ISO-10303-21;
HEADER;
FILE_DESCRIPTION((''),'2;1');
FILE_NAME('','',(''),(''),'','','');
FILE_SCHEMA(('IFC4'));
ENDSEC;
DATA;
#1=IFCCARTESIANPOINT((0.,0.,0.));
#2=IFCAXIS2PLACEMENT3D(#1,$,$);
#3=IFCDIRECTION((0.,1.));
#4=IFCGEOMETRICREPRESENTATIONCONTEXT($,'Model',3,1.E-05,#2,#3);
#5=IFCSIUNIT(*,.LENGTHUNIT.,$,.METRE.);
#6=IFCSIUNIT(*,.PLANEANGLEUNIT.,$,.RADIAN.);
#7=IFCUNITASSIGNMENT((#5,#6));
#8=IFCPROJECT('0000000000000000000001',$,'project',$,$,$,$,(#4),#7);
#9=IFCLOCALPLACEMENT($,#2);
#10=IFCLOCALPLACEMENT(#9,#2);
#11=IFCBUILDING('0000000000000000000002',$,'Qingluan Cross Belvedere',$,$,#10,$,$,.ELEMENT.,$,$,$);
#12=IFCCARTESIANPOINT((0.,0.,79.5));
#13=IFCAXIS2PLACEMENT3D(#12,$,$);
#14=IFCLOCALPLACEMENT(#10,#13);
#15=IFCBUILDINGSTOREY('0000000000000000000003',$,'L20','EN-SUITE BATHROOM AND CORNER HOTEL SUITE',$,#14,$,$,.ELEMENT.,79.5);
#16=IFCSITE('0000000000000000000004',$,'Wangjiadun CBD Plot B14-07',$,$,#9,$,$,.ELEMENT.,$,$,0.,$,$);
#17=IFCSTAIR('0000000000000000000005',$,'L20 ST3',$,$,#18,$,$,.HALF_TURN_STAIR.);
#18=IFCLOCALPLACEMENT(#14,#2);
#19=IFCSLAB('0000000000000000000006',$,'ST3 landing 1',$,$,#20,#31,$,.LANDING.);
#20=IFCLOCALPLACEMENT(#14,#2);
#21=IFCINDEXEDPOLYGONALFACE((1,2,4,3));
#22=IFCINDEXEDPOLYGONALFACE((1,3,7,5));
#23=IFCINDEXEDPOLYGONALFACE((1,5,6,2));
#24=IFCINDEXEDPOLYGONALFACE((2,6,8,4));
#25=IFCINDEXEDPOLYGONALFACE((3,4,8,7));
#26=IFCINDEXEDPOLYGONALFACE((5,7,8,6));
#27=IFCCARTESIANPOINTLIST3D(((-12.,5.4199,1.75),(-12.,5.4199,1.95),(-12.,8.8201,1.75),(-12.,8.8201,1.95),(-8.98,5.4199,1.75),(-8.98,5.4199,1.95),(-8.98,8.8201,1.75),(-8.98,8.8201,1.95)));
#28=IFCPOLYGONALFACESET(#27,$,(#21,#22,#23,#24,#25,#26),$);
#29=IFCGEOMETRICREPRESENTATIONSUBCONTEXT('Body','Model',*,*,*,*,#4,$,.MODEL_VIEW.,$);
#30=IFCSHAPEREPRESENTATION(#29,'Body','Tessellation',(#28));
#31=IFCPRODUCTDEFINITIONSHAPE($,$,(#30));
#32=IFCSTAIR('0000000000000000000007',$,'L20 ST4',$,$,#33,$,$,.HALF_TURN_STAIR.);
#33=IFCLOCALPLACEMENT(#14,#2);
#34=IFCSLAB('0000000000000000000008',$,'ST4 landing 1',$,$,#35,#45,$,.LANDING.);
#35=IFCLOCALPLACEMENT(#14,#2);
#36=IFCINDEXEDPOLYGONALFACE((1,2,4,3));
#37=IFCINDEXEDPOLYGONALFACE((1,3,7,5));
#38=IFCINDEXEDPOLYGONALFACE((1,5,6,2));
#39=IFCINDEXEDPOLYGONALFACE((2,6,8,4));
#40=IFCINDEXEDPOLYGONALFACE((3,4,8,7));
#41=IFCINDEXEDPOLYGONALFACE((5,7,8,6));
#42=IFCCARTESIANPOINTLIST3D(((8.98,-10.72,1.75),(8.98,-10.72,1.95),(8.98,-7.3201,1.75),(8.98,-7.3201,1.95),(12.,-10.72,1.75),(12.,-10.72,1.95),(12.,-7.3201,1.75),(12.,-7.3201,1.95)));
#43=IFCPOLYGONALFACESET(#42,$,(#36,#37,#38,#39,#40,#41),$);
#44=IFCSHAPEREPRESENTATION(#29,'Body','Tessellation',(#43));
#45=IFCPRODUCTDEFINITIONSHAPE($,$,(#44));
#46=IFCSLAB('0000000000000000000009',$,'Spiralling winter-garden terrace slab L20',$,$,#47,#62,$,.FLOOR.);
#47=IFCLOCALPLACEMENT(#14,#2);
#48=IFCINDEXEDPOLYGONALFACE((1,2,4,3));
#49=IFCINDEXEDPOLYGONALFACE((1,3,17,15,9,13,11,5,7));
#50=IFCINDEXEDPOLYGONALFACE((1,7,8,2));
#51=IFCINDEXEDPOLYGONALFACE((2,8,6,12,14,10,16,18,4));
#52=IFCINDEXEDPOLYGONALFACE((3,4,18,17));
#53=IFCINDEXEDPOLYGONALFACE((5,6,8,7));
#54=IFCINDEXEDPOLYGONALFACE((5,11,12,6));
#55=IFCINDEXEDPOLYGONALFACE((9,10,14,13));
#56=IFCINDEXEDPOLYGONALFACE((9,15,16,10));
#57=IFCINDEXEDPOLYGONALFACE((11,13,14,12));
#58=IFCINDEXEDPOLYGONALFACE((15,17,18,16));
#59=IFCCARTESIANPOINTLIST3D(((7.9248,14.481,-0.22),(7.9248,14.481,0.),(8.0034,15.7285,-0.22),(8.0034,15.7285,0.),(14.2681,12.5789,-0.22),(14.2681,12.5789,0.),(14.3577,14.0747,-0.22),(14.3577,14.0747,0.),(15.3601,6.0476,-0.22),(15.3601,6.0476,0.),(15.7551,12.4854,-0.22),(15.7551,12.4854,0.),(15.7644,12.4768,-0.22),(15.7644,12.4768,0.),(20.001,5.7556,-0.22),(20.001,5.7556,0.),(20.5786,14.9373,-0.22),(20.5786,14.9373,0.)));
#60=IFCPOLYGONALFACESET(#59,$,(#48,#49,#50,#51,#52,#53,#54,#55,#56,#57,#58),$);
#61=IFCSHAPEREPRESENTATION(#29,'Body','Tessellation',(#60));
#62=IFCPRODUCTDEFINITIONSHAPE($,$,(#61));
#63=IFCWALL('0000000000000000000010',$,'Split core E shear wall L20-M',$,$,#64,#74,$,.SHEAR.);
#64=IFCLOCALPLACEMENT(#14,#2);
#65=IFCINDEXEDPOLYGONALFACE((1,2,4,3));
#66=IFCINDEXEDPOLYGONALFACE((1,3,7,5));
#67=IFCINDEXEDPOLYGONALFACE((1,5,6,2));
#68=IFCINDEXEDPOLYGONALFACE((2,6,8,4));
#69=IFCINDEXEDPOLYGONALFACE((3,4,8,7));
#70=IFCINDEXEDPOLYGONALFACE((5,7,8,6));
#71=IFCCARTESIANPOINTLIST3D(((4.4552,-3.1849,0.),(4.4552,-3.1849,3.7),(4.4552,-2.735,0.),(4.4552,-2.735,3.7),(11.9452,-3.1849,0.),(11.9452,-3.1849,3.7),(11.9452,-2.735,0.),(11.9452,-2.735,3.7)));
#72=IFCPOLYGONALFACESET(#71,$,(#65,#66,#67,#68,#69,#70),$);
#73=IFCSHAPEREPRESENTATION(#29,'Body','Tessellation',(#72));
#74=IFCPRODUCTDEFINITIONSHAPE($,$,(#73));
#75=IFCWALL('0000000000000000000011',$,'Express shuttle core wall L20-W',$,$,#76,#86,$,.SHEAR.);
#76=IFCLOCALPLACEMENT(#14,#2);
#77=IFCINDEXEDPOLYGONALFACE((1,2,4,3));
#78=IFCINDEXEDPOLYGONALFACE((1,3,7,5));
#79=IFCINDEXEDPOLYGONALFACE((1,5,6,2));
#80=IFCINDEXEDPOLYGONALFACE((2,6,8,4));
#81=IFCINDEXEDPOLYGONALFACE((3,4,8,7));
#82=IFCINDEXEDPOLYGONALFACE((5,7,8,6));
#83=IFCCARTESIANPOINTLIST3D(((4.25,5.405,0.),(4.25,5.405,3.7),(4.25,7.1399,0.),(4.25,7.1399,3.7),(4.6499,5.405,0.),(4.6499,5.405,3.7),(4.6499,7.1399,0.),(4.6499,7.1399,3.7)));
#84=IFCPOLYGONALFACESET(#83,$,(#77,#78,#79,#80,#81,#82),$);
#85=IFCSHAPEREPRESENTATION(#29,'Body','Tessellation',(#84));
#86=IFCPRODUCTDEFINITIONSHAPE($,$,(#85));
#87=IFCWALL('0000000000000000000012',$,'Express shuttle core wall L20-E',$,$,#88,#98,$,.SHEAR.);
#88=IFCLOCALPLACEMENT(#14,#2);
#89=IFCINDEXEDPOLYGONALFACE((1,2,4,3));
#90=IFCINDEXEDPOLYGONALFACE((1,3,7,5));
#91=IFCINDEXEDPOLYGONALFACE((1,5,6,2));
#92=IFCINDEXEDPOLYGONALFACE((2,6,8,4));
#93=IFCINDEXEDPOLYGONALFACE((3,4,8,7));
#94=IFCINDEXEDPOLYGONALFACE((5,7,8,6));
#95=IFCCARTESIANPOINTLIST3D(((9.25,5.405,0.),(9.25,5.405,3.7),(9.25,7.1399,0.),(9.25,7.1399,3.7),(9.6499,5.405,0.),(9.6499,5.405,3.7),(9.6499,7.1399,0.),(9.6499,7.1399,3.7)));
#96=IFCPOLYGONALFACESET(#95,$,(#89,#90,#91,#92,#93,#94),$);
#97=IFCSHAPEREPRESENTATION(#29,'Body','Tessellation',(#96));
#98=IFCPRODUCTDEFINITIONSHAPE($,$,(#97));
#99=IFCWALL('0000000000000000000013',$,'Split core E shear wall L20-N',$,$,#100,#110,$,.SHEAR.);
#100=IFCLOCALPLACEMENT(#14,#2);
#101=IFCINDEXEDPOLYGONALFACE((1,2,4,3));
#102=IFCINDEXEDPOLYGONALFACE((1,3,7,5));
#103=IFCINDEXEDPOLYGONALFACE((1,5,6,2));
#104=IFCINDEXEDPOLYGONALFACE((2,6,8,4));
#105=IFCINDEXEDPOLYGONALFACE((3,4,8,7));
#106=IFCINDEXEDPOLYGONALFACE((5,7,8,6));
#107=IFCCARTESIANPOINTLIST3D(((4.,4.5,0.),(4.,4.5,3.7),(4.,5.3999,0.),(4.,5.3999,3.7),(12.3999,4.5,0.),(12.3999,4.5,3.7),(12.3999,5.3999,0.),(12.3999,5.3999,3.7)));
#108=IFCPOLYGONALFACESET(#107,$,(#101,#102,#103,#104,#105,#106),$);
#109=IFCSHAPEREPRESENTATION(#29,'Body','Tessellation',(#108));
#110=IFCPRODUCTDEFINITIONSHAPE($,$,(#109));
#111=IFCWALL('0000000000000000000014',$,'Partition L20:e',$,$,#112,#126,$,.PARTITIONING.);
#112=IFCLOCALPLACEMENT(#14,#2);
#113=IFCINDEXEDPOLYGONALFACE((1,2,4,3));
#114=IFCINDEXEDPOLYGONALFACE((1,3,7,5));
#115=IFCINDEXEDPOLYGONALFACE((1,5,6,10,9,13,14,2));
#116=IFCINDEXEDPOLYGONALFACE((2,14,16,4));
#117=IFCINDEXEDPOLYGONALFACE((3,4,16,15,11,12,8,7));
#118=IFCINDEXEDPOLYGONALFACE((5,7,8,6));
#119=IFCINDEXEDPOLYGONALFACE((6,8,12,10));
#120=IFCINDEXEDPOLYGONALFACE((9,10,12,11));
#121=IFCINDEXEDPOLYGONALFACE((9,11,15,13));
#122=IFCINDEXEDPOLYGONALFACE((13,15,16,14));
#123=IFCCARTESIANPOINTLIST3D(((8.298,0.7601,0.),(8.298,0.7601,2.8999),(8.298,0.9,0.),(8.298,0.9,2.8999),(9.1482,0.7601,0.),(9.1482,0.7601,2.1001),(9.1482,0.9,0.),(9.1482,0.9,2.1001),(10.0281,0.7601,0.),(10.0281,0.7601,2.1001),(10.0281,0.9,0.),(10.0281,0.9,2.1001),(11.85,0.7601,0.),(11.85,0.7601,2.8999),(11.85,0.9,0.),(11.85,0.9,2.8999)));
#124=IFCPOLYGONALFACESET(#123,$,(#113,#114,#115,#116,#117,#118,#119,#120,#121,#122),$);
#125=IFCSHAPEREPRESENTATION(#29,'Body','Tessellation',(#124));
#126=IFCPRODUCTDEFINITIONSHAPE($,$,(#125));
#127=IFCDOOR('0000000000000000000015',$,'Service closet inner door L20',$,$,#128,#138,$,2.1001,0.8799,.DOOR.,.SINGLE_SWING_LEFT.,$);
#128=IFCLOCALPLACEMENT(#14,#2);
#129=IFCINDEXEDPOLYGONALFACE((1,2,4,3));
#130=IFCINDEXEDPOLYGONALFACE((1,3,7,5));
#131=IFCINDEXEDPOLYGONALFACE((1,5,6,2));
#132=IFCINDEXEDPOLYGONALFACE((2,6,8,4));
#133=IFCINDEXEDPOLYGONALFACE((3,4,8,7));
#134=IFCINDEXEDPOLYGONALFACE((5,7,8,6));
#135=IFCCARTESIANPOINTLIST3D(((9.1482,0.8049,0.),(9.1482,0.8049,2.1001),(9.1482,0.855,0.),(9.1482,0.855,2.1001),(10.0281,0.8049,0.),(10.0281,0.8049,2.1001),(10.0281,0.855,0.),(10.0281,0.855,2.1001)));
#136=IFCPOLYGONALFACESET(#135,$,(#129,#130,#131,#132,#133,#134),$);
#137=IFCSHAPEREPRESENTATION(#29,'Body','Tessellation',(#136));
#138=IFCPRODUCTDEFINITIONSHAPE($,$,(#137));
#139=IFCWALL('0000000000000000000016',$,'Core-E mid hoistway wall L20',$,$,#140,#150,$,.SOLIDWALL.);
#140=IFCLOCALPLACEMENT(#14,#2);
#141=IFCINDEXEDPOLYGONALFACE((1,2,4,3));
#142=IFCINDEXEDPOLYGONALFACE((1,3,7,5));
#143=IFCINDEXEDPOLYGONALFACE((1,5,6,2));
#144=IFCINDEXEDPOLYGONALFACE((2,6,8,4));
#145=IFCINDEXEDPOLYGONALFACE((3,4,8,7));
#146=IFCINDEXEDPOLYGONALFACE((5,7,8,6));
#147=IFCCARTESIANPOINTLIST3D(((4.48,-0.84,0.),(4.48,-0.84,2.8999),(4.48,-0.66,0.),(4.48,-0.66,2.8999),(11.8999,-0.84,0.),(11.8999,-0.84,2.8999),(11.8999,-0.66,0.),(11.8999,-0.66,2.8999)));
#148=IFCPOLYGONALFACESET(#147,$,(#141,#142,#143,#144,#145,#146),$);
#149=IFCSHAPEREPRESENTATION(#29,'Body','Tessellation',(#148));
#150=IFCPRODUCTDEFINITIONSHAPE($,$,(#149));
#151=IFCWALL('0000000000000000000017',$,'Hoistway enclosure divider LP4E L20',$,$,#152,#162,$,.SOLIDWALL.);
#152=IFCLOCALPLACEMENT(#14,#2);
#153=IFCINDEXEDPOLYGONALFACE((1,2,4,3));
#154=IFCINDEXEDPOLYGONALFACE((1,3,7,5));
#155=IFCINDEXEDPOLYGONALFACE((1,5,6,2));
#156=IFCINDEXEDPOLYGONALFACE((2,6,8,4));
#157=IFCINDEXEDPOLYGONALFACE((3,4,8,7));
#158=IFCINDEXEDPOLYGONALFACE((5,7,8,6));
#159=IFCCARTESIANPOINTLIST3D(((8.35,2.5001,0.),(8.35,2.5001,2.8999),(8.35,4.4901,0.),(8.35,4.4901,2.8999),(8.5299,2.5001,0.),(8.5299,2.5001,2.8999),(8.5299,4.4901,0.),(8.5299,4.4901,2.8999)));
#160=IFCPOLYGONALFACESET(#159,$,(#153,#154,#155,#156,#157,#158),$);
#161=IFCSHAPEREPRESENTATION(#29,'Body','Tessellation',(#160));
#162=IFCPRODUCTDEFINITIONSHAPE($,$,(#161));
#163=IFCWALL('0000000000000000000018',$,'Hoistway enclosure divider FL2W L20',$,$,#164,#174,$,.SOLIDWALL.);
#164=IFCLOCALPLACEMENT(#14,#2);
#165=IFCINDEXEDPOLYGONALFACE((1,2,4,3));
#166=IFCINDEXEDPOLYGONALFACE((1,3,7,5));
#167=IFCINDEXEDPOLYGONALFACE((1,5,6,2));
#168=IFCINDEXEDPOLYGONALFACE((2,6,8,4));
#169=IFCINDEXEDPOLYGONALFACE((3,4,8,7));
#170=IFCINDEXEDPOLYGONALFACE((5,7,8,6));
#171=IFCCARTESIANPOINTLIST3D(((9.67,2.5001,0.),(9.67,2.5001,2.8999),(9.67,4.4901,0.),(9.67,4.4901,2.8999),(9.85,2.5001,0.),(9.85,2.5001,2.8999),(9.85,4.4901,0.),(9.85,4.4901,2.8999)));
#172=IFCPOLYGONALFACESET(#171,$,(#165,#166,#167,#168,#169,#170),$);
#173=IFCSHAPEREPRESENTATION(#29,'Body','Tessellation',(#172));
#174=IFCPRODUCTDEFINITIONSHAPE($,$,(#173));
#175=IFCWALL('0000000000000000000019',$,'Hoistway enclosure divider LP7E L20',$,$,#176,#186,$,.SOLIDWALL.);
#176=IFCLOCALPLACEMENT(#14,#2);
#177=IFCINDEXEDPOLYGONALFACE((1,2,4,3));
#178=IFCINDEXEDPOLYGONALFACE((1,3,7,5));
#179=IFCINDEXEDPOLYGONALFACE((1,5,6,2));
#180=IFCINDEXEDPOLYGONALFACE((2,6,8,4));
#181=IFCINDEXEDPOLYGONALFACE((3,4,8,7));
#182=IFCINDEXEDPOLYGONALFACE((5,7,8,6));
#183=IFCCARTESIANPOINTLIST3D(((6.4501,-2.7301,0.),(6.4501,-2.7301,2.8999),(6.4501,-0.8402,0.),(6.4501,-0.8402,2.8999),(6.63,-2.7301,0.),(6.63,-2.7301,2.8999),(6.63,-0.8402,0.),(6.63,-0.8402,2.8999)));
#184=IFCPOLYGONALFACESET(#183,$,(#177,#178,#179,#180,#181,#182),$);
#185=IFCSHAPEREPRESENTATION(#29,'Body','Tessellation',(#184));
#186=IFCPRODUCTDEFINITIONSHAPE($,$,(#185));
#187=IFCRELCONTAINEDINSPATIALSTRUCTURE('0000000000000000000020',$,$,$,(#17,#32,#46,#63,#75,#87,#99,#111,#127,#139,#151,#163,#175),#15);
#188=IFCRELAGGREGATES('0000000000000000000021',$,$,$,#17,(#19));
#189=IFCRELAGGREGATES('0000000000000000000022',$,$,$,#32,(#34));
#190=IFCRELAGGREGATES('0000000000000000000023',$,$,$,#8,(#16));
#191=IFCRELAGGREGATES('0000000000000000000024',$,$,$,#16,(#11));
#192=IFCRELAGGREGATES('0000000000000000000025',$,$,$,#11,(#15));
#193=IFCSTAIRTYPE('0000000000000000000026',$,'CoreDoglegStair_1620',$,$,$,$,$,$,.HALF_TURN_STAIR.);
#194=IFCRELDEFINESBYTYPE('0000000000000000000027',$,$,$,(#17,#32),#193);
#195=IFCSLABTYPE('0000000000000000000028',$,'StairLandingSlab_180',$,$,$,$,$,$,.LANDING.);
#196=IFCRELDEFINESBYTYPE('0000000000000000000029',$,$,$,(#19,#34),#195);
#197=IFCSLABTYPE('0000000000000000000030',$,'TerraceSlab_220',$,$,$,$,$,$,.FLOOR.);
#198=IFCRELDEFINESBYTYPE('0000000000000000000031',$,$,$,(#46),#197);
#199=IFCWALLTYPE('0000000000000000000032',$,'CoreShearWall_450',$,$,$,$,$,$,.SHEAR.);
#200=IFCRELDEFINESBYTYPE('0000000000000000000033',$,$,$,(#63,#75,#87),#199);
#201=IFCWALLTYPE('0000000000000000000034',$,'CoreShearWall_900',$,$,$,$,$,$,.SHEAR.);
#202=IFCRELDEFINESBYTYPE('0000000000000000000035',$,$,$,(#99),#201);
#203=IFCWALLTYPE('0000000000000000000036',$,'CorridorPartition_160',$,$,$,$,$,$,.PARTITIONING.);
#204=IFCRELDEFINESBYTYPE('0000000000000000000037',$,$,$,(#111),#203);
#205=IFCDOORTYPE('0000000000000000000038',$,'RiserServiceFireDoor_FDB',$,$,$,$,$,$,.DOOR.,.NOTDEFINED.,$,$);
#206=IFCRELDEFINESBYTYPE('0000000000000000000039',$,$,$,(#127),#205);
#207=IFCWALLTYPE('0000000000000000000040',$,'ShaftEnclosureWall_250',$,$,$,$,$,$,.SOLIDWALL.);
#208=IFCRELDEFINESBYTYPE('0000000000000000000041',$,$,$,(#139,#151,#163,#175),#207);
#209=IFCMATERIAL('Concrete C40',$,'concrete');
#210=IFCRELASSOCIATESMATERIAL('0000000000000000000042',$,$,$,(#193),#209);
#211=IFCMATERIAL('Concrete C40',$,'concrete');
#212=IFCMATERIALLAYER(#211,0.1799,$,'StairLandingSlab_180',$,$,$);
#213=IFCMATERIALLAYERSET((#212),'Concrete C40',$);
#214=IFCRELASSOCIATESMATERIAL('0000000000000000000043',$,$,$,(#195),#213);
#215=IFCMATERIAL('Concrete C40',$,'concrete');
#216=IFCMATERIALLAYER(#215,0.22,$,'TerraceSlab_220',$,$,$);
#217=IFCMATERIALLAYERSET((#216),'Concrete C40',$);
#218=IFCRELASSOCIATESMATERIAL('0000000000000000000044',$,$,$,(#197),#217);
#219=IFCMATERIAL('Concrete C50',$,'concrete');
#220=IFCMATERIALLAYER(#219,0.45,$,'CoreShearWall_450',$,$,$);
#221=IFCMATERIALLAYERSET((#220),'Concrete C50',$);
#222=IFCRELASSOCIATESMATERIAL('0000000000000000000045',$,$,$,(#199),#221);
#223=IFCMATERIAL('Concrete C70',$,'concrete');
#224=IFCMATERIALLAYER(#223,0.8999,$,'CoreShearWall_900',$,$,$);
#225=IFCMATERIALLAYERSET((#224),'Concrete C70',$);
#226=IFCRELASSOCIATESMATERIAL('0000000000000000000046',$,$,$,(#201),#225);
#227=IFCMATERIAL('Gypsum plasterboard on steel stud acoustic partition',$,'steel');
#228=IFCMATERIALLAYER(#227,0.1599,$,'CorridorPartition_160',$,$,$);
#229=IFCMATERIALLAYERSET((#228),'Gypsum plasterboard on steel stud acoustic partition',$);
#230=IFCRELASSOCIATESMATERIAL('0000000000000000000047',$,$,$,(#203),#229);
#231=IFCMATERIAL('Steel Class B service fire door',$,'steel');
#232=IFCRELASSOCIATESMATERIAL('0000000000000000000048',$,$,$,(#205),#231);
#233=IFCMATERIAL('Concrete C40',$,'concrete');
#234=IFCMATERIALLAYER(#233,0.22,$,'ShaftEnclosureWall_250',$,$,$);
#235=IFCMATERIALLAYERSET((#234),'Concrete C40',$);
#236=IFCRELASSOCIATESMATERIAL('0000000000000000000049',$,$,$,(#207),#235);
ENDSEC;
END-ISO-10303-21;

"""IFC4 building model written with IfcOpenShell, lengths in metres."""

from ifc_helpers import new_model, si_unit, direction, frame, frame_2d, origin, place, context, subcontext, project, spatial, polyline, rectangle, outline, extrude, material, layer, layer_set, type_object, element, fill, aggregate, save


model = new_model("IFC4")

# Units and contexts
model_context = context("Model", 3, precision=1e-05, world=origin(), true_north=direction((0.0, 1.0)))
body_context = subcontext(model_context, "Body", "Model", "MODEL_VIEW")
ifc_project = project(units=[si_unit("LENGTHUNIT", "METRE"), si_unit("PLANEANGLEUNIT", "RADIAN")], contexts=[model_context])

# Site, building, storey
site_placement = place(None, origin())
site = spatial("IfcSite", under=ifc_project, at=site_placement, Name="Wangjiadun CBD Plot B14-07", CompositionType="ELEMENT", RefElevation=0.0)
building_placement = place(site_placement, origin())
building = spatial("IfcBuilding", under=site, at=building_placement, Name="Qingluan Cross Belvedere", CompositionType="ELEMENT")
storey_placement = place(building_placement, frame((0.0, 0.0, 79.5)))
storey = spatial("IfcBuildingStorey", under=building, at=storey_placement, Name="L20", Description="EN-SUITE BATHROOM AND CORNER HOTEL SUITE", CompositionType="ELEMENT", Elevation=79.5)

# Stairs, slabs
ifc_material_1 = material(Name="Concrete C40", Category="concrete")
stair_type = type_object("IfcStairType", Name="CoreDoglegStair_1620", PredefinedType="HALF_TURN_STAIR", material=ifc_material_1)
ifc_material_2 = material(Name="Concrete C40", Category="concrete")
ifc_layer_1 = layer(ifc_material_2, 0.1799, Name="StairLandingSlab_180")
ifc_layer_set_1 = layer_set([ifc_layer_1], Name="Concrete C40")
slab_type_1 = type_object("IfcSlabType", Name="StairLandingSlab_180", PredefinedType="LANDING", material=ifc_layer_set_1)
stair_1_placement = place(storey_placement, origin())
stair_1 = element("IfcStair", 1, at=stair_1_placement, inside=storey, type_object=stair_type, Name="L20 ST3", PredefinedType="HALF_TURN_STAIR")
slab_1_placement = place(storey_placement, frame((0.0, 0.0, 1.75)))
slab_1 = element("IfcSlab", 2, at=slab_1_placement, type_object=slab_type_1, Name="ST3 landing 1", PredefinedType="LANDING", context=body_context, shape_type="SweptSolid", body=[
    extrude(outline(polyline([(-8.98, 8.8201), (-12.0, 8.8201), (-12.0, 5.4199), (-8.98, 5.4199), (-8.98, 8.8201)])), origin(), (0.0, 0.0, 1.0), 0.2),
])
aggregate(stair_1, [slab_1])
stair_2_placement = place(storey_placement, origin())
stair_2 = element("IfcStair", 3, at=stair_2_placement, inside=storey, type_object=stair_type, Name="L20 ST4", PredefinedType="HALF_TURN_STAIR")
slab_2_placement = place(storey_placement, frame((0.0, 0.0, 1.75)))
slab_2 = element("IfcSlab", 4, at=slab_2_placement, type_object=slab_type_1, Name="ST4 landing 1", PredefinedType="LANDING", context=body_context, shape_type="SweptSolid", body=[
    extrude(outline(polyline([(8.98, -10.72), (12.0, -10.72), (12.0, -7.3201), (8.98, -7.3201), (8.98, -10.72)])), origin(), (0.0, 0.0, 1.0), 0.2),
])
aggregate(stair_2, [slab_2])

# Slab
ifc_material_3 = material(Name="Concrete C40", Category="concrete")
ifc_layer_2 = layer(ifc_material_3, 0.22, Name="TerraceSlab_220")
ifc_layer_set_2 = layer_set([ifc_layer_2], Name="Concrete C40")
slab_type_2 = type_object("IfcSlabType", Name="TerraceSlab_220", PredefinedType="FLOOR", material=ifc_layer_set_2)
slab_3_placement = place(storey_placement, frame((0.0, 0.0, -0.22)))
element("IfcSlab", 5, at=slab_3_placement, inside=storey, type_object=slab_type_2, Name="Spiralling winter-garden terrace slab L20", PredefinedType="FLOOR", context=body_context, shape_type="SweptSolid", body=[
    extrude(outline(polyline([(7.9248, 14.481), (14.3577, 14.0747), (14.2681, 12.5789), (15.7551, 12.4854), (15.7644, 12.4768), (15.3601, 6.0476), (20.001, 5.7556), (20.5786, 14.9373), (8.0034, 15.7285), (7.9248, 14.481)])), origin(), (0.0, 0.0, 1.0), 0.22),
])

# Walls
ifc_material_4 = material(Name="Concrete C50", Category="concrete")
ifc_layer_3 = layer(ifc_material_4, 0.45, Name="CoreShearWall_450")
ifc_layer_set_3 = layer_set([ifc_layer_3], Name="Concrete C50")
wall_type_1 = type_object("IfcWallType", Name="CoreShearWall_450", PredefinedType="SHEAR", material=ifc_layer_set_3)
wall_1_placement = place(storey_placement, frame((4.4551, -2.96, 0.0), z_axis=(0.0, 0.0, 1.0), x_axis=(1.0, 0.0, 0.0)))
element("IfcWall", 6, at=wall_1_placement, inside=storey, type_object=wall_type_1, Name="Split core E shear wall L20-M", PredefinedType="SHEAR", context=body_context, shape_type="SweptSolid", body=[
    extrude(rectangle(XDim=7.49, YDim=0.45, at=frame_2d((3.7451, 0.0))), origin(), (0.0, 0.0, 1.0), 3.7),
])
for number, where, z_axis, x_axis, name in (
    (7, (4.45, 5.405, 0.0), (0.0, 0.0, 1.0), (0.0, 1.0, 0.0), "Express shuttle core wall L20-W"),
    (8, (9.45, 5.405, 0.0), (0.0, 0.0, 1.0), (0.0, 1.0, 0.0), "Express shuttle core wall L20-E"),
):
    element("IfcWall", number, at=place(storey_placement, frame(where, z_axis=z_axis, x_axis=x_axis)), inside=storey, type_object=wall_type_1, Name=name, PredefinedType="SHEAR", context=body_context, shape_type="SweptSolid", body=[
        extrude(rectangle(XDim=1.7349, YDim=0.3999, at=frame_2d((0.8674, 0.0))), origin(), (0.0, 0.0, 1.0), 3.7),
    ])
ifc_material_5 = material(Name="Concrete C70", Category="concrete")
ifc_layer_4 = layer(ifc_material_5, 0.8999, Name="CoreShearWall_900")
ifc_layer_set_4 = layer_set([ifc_layer_4], Name="Concrete C70")
wall_type_2 = type_object("IfcWallType", Name="CoreShearWall_900", PredefinedType="SHEAR", material=ifc_layer_set_4)
wall_2_placement = place(storey_placement, frame((4.0, 4.95, 0.0), z_axis=(0.0, 0.0, 1.0), x_axis=(1.0, 0.0, 0.0)))
element("IfcWall", 9, at=wall_2_placement, inside=storey, type_object=wall_type_2, Name="Split core E shear wall L20-N", PredefinedType="SHEAR", context=body_context, shape_type="SweptSolid", body=[
    extrude(rectangle(XDim=8.3999, YDim=0.8999, at=frame_2d((4.2, 0.0))), origin(), (0.0, 0.0, 1.0), 3.7),
])

# Wall, opening, door
ifc_material_6 = material(Name="Gypsum plasterboard on steel stud acoustic partition", Category="steel")
ifc_layer_5 = layer(ifc_material_6, 0.1599, Name="CorridorPartition_160")
ifc_layer_set_5 = layer_set([ifc_layer_5], Name="Gypsum plasterboard on steel stud acoustic partition")
wall_type_3 = type_object("IfcWallType", Name="CorridorPartition_160", PredefinedType="PARTITIONING", material=ifc_layer_set_5)
wall_3_placement = place(storey_placement, frame((8.2981, 0.8301, 0.0), z_axis=(0.0, 0.0, 1.0), x_axis=(1.0, 0.0, 0.0)))
wall_3 = element("IfcWall", 10, at=wall_3_placement, inside=storey, type_object=wall_type_3, Name="Partition L20:e", PredefinedType="PARTITIONING", context=body_context, shape_type="SweptSolid", body=[
    extrude(rectangle(XDim=3.552, YDim=0.1399, at=frame_2d((1.7759, 0.0))), origin(), (0.0, 0.0, 1.0), 2.8999),
])
opening_1_placement = place(wall_3_placement, frame((0.8501, 0.0, 0.0)))
opening_1 = element("IfcOpeningElement", 11, at=opening_1_placement, cuts=wall_3, PredefinedType="OPENING", context=body_context, shape_type="SweptSolid", body=[
    extrude(rectangle(XDim=0.8799, YDim=2.1001, at=frame_2d((0.4399, 1.05))), frame((0.0, 0.0798, 0.0), z_axis=(0.0, -1.0, 0.0), x_axis=(1.0, 0.0, 0.0)), (0.0, 0.0, 1.0), 0.1599),
])
ifc_material_7 = material(Name="Steel Class B service fire door", Category="steel")
door_type_1 = type_object("IfcDoorType", Name="RiserServiceFireDoor_FDB", OperationType="NOTDEFINED", PredefinedType="DOOR", material=ifc_material_7)
door_1_placement = place(opening_1_placement, origin())
door_1 = element("IfcDoor", 12, at=door_1_placement, inside=storey, type_object=door_type_1, Name="Service closet inner door L20", OperationType="SINGLE_SWING_LEFT", OverallHeight=2.1001, OverallWidth=0.8799, PredefinedType="DOOR", context=body_context, shape_type="SweptSolid", body=[
    extrude(rectangle(XDim=0.8799, YDim=2.1001, at=frame_2d((0.4399, 1.05))), frame((0.0, 0.0249, 0.0), z_axis=(0.0, -1.0, 0.0), x_axis=(1.0, 0.0, 0.0)), (0.0, 0.0, 1.0), 0.05),
])
fill(opening_1, door_1)

# Shared definitions
ifc_material_8 = material(Name="Concrete C40", Category="concrete")
ifc_layer_6 = layer(ifc_material_8, 0.22, Name="ShaftEnclosureWall_250")
ifc_layer_set_6 = layer_set([ifc_layer_6], Name="Concrete C40")
wall_type_4 = type_object("IfcWallType", Name="ShaftEnclosureWall_250", PredefinedType="SOLIDWALL", material=ifc_layer_set_6)

# Walls
wall_4_placement = place(storey_placement, frame((4.48, -0.75, 0.0), z_axis=(0.0, 0.0, 1.0), x_axis=(1.0, 0.0, 0.0)))
element("IfcWall", 13, at=wall_4_placement, inside=storey, type_object=wall_type_4, Name="Core-E mid hoistway wall L20", PredefinedType="SOLIDWALL", context=body_context, shape_type="SweptSolid", body=[
    extrude(rectangle(XDim=7.4199, YDim=0.1799, at=frame_2d((3.71, 0.0))), origin(), (0.0, 0.0, 1.0), 2.8999),
])
for number, where, z_axis, x_axis, name in (
    (14, (8.4399, 2.5, 0.0), (0.0, 0.0, 1.0), (0.0, 1.0, 0.0), "Hoistway enclosure divider LP4E L20"),
    (15, (9.76, 2.5, 0.0), (0.0, 0.0, 1.0), (0.0, 1.0, 0.0), "Hoistway enclosure divider FL2W L20"),
):
    element("IfcWall", number, at=place(storey_placement, frame(where, z_axis=z_axis, x_axis=x_axis)), inside=storey, type_object=wall_type_4, Name=name, PredefinedType="SOLIDWALL", context=body_context, shape_type="SweptSolid", body=[
        extrude(rectangle(XDim=1.99, YDim=0.1799, at=frame_2d((0.9951, 0.0))), origin(), (0.0, 0.0, 1.0), 2.8999),
    ])
for number, where, z_axis, x_axis, name in (
    (16, (6.54, -2.73, 0.0), (0.0, 0.0, 1.0), (0.0, 1.0, 0.0), "Hoistway enclosure divider LP7E L20"),
):
    element("IfcWall", number, at=place(storey_placement, frame(where, z_axis=z_axis, x_axis=x_axis)), inside=storey, type_object=wall_type_4, Name=name, PredefinedType="SOLIDWALL", context=body_context, shape_type="SweptSolid", body=[
        extrude(rectangle(XDim=1.8899, YDim=0.1799, at=frame_2d((0.9448, 0.0))), origin(), (0.0, 0.0, 1.0), 2.8999),
    ])

save(model, "model.ifc")
